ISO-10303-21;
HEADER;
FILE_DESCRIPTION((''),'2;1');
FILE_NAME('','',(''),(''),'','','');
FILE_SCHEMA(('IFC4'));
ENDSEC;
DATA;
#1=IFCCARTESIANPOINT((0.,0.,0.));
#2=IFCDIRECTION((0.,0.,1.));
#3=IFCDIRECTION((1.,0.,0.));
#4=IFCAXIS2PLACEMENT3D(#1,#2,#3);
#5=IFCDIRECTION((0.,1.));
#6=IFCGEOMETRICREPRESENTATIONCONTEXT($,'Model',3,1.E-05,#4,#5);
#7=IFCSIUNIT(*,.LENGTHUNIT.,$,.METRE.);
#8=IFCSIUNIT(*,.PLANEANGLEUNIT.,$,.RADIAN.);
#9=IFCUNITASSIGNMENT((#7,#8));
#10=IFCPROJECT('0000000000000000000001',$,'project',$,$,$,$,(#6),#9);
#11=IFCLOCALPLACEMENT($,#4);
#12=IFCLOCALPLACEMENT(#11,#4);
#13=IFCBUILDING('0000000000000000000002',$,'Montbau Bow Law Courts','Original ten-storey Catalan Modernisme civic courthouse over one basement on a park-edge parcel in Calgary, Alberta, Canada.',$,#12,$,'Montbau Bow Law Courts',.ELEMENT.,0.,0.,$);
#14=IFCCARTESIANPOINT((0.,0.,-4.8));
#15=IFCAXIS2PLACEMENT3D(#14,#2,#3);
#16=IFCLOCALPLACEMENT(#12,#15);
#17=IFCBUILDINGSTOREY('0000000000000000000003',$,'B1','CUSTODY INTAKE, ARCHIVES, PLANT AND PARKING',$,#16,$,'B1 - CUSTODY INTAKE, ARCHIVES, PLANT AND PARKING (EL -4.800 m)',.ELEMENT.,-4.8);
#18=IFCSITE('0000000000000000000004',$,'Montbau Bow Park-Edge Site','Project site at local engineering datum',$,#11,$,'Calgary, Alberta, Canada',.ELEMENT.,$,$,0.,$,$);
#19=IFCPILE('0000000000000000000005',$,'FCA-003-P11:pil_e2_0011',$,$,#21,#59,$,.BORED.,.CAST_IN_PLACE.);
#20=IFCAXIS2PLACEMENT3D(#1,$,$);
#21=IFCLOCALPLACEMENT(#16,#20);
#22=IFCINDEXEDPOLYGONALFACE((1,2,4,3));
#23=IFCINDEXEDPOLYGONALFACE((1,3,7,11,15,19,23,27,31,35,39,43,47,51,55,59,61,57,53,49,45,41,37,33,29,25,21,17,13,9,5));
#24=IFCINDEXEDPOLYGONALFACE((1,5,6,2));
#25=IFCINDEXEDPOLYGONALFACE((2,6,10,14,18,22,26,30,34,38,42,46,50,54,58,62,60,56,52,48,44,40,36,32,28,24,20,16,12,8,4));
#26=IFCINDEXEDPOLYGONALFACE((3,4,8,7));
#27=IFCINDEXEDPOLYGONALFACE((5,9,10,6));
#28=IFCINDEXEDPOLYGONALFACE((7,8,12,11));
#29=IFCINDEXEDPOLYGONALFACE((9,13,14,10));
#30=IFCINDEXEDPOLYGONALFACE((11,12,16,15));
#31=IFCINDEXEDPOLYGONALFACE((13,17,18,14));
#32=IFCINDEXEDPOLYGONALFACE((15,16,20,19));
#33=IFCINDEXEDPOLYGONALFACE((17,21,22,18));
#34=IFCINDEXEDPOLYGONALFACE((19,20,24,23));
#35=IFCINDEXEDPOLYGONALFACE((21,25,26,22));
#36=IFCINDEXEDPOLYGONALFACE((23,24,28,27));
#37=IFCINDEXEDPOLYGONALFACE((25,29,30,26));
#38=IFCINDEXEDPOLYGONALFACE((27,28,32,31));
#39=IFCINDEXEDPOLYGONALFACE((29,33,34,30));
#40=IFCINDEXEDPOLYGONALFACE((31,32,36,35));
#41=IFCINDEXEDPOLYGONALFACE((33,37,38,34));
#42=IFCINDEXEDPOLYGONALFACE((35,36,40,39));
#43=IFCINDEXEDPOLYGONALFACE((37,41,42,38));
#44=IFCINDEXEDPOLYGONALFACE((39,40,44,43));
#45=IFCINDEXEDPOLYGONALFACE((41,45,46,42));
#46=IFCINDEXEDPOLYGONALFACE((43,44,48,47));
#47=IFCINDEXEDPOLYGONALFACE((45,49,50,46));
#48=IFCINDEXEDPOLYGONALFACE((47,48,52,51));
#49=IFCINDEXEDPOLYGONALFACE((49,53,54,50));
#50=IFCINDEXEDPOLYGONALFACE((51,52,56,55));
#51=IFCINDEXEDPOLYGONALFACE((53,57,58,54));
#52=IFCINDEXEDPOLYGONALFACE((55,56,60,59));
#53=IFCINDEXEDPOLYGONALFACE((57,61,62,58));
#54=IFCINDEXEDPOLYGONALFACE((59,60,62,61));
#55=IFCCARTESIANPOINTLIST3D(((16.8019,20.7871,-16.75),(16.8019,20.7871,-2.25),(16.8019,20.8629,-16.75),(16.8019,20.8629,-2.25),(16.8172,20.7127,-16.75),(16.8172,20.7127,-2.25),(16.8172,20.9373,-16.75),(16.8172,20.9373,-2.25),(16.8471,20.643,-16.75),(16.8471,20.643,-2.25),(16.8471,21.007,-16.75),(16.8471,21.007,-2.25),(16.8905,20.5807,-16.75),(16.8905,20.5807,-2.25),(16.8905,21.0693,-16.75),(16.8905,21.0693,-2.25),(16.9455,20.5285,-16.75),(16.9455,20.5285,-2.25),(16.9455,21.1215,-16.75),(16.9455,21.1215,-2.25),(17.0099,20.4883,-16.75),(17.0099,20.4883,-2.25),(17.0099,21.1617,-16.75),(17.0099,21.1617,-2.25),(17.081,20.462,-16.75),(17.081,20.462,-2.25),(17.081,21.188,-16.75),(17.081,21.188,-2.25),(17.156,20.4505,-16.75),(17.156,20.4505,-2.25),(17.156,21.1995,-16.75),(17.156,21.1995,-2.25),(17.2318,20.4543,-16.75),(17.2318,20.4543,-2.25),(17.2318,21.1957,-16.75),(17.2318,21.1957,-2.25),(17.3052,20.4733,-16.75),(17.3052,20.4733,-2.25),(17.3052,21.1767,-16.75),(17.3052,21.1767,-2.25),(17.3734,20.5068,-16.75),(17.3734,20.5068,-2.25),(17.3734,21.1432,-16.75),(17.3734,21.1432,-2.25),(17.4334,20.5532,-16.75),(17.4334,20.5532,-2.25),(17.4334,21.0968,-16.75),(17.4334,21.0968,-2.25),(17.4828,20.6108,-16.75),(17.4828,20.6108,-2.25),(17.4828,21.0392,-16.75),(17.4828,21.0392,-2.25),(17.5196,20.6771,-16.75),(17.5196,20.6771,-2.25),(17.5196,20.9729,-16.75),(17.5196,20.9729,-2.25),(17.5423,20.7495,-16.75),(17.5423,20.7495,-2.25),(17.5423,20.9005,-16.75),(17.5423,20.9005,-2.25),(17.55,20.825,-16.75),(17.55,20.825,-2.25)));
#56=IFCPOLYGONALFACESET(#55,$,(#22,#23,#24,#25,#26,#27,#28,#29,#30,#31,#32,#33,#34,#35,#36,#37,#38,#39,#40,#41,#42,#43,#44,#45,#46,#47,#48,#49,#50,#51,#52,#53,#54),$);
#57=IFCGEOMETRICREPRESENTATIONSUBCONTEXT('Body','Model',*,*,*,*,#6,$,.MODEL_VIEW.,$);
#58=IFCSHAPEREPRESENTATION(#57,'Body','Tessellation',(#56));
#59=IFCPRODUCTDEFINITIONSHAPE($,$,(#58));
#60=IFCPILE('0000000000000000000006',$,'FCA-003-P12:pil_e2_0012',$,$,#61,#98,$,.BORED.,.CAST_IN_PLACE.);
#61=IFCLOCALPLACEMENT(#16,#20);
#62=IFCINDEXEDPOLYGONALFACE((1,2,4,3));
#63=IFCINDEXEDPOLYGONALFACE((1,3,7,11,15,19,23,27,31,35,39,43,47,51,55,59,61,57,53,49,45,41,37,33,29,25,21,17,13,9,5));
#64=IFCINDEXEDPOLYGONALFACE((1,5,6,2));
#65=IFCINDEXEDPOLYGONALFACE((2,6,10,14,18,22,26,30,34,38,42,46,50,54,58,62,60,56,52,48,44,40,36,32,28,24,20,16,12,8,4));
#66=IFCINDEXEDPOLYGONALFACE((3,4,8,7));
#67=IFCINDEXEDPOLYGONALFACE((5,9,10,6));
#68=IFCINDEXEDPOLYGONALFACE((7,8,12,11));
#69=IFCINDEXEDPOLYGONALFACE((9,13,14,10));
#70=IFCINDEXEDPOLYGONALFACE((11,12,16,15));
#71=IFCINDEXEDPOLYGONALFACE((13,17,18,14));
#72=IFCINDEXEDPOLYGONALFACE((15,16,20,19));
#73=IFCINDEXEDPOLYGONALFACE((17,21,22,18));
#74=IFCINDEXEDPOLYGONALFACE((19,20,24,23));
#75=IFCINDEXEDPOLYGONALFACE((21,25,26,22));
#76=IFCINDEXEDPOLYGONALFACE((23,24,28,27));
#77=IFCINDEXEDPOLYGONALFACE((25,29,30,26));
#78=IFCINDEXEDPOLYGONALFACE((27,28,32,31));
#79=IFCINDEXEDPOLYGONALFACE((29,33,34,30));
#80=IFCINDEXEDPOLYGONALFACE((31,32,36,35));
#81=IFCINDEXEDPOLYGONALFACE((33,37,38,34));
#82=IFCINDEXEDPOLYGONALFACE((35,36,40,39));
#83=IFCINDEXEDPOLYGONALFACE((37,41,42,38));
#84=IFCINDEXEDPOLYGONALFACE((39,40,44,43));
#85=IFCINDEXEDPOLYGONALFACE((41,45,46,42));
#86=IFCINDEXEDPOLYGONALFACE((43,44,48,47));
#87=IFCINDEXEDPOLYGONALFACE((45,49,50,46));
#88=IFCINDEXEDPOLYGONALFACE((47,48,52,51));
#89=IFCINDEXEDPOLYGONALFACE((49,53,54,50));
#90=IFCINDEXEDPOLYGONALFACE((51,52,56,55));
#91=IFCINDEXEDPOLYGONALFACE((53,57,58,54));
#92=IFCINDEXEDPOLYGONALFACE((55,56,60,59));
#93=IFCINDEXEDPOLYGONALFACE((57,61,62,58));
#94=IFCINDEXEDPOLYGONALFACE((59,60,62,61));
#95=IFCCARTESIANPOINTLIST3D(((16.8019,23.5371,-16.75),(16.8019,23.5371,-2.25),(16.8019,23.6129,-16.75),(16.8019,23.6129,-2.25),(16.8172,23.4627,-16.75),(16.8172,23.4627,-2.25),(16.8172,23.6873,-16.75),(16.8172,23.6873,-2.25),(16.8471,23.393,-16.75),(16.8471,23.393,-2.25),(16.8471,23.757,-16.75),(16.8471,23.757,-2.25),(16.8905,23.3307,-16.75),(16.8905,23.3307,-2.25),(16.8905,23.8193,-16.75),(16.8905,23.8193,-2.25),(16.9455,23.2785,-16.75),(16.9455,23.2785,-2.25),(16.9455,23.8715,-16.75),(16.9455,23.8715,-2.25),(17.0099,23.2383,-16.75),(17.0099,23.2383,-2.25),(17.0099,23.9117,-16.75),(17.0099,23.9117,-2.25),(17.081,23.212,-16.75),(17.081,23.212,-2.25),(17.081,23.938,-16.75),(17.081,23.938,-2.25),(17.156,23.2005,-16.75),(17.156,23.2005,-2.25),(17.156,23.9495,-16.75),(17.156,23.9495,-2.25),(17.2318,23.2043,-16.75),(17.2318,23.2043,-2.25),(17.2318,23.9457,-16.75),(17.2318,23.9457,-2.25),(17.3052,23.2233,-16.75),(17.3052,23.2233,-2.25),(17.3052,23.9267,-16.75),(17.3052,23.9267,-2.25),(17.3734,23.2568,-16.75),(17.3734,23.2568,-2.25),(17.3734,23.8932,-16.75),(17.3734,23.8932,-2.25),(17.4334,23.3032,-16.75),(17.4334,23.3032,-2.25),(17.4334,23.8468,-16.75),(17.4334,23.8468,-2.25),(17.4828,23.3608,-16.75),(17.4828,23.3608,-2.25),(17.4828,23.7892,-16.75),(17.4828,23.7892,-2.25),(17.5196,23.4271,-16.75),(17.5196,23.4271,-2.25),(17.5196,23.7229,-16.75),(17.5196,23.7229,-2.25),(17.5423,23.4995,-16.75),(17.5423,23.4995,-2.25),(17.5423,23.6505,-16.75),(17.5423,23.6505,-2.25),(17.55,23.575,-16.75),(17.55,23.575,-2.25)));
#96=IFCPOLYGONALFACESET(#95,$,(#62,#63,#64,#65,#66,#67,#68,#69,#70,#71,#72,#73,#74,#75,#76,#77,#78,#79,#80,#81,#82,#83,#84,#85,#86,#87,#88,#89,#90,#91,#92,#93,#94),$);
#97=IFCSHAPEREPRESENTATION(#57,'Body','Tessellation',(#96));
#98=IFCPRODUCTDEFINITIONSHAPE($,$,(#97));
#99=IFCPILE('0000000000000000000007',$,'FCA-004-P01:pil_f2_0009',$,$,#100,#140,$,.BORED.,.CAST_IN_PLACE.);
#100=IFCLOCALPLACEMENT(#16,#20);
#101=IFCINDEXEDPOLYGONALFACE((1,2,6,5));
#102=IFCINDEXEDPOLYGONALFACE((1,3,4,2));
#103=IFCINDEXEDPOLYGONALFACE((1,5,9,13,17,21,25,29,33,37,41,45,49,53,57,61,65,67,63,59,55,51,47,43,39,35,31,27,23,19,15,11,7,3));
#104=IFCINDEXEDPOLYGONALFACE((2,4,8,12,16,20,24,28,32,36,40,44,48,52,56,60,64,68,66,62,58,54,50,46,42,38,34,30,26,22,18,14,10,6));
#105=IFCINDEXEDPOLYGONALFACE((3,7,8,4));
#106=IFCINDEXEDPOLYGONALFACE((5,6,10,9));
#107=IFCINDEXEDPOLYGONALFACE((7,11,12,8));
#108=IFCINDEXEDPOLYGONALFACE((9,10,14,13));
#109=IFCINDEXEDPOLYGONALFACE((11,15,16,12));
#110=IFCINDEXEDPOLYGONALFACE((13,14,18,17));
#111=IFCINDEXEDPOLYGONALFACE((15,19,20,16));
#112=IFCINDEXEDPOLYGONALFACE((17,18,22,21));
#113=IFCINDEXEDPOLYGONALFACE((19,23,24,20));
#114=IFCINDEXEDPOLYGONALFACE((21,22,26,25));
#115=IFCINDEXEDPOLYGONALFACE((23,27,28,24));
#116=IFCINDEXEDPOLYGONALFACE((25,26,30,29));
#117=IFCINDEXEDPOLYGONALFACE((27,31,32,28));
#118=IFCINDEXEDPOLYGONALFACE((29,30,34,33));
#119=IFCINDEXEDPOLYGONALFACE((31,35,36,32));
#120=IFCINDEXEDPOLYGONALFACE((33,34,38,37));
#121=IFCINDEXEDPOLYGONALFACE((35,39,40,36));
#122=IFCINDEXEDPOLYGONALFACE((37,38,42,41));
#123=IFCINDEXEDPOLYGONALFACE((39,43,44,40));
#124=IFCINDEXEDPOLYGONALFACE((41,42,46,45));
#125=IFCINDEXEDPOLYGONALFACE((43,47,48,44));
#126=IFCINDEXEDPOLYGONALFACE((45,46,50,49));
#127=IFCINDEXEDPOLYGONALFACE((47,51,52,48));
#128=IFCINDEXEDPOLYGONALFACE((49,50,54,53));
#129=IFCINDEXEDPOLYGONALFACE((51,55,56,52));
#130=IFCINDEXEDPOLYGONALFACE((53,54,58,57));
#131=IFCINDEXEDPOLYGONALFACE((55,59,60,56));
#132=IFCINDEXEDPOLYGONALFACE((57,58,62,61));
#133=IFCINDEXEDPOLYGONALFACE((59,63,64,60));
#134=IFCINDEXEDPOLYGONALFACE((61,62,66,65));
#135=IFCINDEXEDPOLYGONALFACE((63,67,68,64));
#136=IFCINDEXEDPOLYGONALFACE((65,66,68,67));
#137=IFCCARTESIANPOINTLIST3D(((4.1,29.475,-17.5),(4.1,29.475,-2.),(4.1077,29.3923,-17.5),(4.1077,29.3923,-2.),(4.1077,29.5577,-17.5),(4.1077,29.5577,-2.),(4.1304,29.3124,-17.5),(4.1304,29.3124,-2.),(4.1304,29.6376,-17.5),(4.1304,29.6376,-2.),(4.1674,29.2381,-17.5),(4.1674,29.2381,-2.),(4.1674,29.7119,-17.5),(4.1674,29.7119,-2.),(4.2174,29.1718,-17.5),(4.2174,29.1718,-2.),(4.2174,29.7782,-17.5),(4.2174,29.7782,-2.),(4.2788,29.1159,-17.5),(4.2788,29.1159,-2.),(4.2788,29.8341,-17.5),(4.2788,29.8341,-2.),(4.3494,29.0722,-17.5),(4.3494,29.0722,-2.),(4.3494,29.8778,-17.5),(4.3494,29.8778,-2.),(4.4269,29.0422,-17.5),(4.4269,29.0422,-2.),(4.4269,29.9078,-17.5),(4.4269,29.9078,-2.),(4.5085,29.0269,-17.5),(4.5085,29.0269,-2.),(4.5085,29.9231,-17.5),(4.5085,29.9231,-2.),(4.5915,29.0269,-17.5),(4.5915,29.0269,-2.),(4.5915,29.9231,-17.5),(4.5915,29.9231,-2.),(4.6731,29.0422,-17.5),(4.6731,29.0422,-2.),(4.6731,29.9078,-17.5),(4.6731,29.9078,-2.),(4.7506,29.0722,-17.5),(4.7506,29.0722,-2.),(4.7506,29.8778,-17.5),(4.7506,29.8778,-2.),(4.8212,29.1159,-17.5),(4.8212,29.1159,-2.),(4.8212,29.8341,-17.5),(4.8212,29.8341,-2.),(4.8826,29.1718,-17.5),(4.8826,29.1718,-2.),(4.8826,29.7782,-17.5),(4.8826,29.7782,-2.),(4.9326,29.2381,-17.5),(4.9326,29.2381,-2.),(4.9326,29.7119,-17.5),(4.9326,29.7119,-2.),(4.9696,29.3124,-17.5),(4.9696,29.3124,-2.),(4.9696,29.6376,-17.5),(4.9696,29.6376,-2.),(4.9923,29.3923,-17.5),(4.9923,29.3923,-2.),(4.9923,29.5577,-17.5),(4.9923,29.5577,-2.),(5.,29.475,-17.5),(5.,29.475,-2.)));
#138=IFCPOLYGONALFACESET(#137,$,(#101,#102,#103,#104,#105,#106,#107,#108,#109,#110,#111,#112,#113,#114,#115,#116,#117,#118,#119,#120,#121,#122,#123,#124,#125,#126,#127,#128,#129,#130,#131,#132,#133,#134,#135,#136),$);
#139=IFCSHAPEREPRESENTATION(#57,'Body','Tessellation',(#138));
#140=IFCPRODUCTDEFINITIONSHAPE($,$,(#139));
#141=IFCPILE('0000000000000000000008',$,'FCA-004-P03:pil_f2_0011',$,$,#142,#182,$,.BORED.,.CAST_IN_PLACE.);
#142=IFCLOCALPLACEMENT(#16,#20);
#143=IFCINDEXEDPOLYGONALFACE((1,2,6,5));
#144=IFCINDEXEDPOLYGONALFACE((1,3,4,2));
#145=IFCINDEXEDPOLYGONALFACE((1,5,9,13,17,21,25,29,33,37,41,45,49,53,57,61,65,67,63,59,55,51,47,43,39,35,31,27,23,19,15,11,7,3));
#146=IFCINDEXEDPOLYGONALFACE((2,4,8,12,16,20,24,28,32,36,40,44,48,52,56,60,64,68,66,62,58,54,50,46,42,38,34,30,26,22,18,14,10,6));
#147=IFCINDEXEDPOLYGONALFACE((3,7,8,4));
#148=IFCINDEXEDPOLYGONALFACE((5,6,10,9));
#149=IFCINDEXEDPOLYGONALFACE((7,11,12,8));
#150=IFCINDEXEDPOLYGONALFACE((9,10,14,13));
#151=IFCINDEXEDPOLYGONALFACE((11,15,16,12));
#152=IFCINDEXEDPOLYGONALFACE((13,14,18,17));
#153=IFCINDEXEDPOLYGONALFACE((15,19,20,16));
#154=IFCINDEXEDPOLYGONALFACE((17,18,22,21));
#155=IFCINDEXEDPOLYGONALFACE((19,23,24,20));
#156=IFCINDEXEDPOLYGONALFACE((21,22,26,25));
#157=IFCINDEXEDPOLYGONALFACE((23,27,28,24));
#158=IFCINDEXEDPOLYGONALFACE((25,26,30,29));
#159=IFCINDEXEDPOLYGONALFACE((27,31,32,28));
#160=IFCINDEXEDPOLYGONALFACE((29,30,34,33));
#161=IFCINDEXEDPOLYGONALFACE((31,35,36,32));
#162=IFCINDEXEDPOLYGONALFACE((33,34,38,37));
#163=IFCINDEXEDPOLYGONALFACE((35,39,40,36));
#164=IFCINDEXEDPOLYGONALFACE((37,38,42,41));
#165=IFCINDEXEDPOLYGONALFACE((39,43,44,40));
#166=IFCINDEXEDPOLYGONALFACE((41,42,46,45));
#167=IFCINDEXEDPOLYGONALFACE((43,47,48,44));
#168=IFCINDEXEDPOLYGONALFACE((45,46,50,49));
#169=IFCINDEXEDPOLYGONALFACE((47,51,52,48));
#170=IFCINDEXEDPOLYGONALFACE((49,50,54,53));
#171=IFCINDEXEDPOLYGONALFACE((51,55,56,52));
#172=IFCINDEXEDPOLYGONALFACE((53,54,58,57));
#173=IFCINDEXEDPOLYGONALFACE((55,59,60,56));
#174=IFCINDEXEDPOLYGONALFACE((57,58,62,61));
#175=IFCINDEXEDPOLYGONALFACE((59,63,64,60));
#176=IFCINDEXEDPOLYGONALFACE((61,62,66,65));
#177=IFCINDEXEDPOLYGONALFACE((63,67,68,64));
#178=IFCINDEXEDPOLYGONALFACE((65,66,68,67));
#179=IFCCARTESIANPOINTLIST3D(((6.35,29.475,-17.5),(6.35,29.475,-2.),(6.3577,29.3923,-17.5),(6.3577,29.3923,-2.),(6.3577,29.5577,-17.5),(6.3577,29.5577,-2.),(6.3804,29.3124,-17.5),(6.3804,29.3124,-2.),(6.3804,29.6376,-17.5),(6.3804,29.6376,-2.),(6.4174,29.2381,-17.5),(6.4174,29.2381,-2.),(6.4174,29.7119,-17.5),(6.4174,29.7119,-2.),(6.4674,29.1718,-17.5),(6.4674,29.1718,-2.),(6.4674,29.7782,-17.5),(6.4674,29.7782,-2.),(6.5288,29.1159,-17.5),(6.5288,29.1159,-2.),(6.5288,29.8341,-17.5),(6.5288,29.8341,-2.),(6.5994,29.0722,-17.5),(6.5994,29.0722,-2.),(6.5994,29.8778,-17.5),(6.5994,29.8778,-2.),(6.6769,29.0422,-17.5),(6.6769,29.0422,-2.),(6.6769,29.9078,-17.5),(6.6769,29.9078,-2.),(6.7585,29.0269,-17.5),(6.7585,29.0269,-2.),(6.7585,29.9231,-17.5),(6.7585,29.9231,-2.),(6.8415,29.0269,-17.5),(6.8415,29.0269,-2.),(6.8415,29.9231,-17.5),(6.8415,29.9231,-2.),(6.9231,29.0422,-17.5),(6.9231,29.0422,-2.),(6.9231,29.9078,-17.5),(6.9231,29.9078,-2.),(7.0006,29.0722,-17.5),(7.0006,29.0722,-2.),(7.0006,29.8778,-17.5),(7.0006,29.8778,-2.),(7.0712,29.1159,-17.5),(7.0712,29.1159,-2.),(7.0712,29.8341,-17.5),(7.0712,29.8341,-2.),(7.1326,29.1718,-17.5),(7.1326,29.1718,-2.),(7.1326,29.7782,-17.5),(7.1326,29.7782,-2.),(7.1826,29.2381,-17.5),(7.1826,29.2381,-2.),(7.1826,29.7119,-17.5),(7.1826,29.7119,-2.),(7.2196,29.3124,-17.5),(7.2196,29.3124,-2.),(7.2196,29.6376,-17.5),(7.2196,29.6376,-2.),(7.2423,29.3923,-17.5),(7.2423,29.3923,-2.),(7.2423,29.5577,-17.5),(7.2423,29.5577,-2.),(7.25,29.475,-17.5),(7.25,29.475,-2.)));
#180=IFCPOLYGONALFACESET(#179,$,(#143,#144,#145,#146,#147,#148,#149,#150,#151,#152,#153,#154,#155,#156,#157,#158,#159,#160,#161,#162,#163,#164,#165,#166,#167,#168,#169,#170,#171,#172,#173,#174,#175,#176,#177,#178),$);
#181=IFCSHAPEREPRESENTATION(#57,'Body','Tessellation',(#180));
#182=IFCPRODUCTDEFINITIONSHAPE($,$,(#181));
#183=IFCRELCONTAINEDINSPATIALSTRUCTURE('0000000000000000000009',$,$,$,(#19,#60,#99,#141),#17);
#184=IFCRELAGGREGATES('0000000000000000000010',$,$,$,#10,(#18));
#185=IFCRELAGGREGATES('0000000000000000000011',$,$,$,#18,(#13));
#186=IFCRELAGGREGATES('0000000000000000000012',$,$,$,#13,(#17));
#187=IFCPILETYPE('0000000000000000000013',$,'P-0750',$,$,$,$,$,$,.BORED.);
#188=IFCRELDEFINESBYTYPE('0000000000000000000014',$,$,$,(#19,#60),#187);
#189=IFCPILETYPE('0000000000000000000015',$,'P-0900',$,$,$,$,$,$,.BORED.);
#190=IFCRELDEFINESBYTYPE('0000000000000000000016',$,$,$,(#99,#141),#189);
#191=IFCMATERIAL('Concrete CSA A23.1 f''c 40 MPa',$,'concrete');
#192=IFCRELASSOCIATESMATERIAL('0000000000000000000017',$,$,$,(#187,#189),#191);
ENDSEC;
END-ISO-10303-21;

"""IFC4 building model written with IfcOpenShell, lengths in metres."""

from ifc_helpers import new_model, si_unit, direction, frame, origin_with_axes, origin_2d_with_axis, place, context, subcontext, project, spatial, circle, extrude, material, material_profile, profile_set, type_object, element, save


model = new_model("IFC4")

# Units and contexts
model_context = context("Model", 3, precision=1e-05, world=origin_with_axes(), true_north=direction((0.0, 1.0)))
body_context = subcontext(model_context, "Body", "Model", "MODEL_VIEW")
ifc_project = project(units=[si_unit("LENGTHUNIT", "METRE"), si_unit("PLANEANGLEUNIT", "RADIAN")], contexts=[model_context])

# Site, building, storey
site_placement = place(None, origin_with_axes())
site = spatial("IfcSite", under=ifc_project, at=site_placement, Name="Montbau Bow Park-Edge Site", Description="Project site at local engineering datum", LongName="Calgary, Alberta, Canada", CompositionType="ELEMENT", RefElevation=0.0)
building_placement = place(site_placement, origin_with_axes())
building = spatial("IfcBuilding", under=site, at=building_placement, Name="Montbau Bow Law Courts", Description="Original ten-storey Catalan Modernisme civic courthouse over one basement on a park-edge parcel in Calgary, Alberta, Canada.", LongName="Montbau Bow Law Courts", CompositionType="ELEMENT", ElevationOfRefHeight=0.0, ElevationOfTerrain=0.0)
storey_placement = place(building_placement, frame((0.0, 0.0, -4.8), z_axis=(0.0, 0.0, 1.0), x_axis=(1.0, 0.0, 0.0)))
storey = spatial("IfcBuildingStorey", under=building, at=storey_placement, Name="B1", Description="CUSTODY INTAKE, ARCHIVES, PLANT AND PARKING", LongName="B1 - CUSTODY INTAKE, ARCHIVES, PLANT AND PARKING (EL -4.800 m)", CompositionType="ELEMENT", Elevation=-4.8)

# Piles
ifc_material_1 = material(Name="Concrete CSA A23.1 f'c 40 MPa", Category="concrete")
ifc_material_profile_1 = material_profile(ifc_material_1, circle(Radius=0.375, at=origin_2d_with_axis()), Name="BP750", Category="Main", Priority=0)
ifc_profile_set_1 = profile_set([ifc_material_profile_1], Name="Concrete CSA A23.1 f'c 40 MPa")
pile_type_1 = type_object("IfcPileType", Name="P-0750", PredefinedType="BORED", material=ifc_profile_set_1)
for number, where, z_axis, x_axis, name in (
    (1, (17.175, 20.825, -21.55), (0.0, 0.0, 1.0), (1.0, 0.0, 0.0), "FCA-003-P11:pil_e2_0011"),
    (2, (17.175, 23.575, -21.55), (0.0, 0.0, 1.0), (1.0, 0.0, 0.0), "FCA-003-P12:pil_e2_0012"),
):
    element("IfcPile", number, at=place(None, frame(where, z_axis=z_axis, x_axis=x_axis)), inside=storey, type_object=pile_type_1, Name=name, ConstructionType="CAST_IN_PLACE", PredefinedType="BORED", context=body_context, shape_type="SweptSolid", body=[
        extrude(circle(Radius=0.375, at=origin_2d_with_axis()), origin_with_axes(), (0.0, 0.0, 1.0), 14.5),
    ])
ifc_material_profile_2 = material_profile(ifc_material_1, circle(Radius=0.45, at=origin_2d_with_axis()), Name="BP900", Category="Main", Priority=0)
ifc_profile_set_2 = profile_set([ifc_material_profile_2], Name="Concrete CSA A23.1 f'c 40 MPa")
pile_type_2 = type_object("IfcPileType", Name="P-0900", PredefinedType="BORED", material=ifc_profile_set_2)
for number, where, z_axis, x_axis, name in (
    (3, (4.55, 29.475, -22.3), (0.0, 0.0, 1.0), (1.0, 0.0, 0.0), "FCA-004-P01:pil_f2_0009"),
    (4, (6.8, 29.475, -22.3), (0.0, 0.0, 1.0), (1.0, 0.0, 0.0), "FCA-004-P03:pil_f2_0011"),
):
    element("IfcPile", number, at=place(None, frame(where, z_axis=z_axis, x_axis=x_axis)), inside=storey, type_object=pile_type_2, Name=name, ConstructionType="CAST_IN_PLACE", PredefinedType="BORED", context=body_context, shape_type="SweptSolid", body=[
        extrude(circle(Radius=0.45, at=origin_2d_with_axis()), origin_with_axes(), (0.0, 0.0, 1.0), 15.5),
    ])

save(model, "model.ifc")
